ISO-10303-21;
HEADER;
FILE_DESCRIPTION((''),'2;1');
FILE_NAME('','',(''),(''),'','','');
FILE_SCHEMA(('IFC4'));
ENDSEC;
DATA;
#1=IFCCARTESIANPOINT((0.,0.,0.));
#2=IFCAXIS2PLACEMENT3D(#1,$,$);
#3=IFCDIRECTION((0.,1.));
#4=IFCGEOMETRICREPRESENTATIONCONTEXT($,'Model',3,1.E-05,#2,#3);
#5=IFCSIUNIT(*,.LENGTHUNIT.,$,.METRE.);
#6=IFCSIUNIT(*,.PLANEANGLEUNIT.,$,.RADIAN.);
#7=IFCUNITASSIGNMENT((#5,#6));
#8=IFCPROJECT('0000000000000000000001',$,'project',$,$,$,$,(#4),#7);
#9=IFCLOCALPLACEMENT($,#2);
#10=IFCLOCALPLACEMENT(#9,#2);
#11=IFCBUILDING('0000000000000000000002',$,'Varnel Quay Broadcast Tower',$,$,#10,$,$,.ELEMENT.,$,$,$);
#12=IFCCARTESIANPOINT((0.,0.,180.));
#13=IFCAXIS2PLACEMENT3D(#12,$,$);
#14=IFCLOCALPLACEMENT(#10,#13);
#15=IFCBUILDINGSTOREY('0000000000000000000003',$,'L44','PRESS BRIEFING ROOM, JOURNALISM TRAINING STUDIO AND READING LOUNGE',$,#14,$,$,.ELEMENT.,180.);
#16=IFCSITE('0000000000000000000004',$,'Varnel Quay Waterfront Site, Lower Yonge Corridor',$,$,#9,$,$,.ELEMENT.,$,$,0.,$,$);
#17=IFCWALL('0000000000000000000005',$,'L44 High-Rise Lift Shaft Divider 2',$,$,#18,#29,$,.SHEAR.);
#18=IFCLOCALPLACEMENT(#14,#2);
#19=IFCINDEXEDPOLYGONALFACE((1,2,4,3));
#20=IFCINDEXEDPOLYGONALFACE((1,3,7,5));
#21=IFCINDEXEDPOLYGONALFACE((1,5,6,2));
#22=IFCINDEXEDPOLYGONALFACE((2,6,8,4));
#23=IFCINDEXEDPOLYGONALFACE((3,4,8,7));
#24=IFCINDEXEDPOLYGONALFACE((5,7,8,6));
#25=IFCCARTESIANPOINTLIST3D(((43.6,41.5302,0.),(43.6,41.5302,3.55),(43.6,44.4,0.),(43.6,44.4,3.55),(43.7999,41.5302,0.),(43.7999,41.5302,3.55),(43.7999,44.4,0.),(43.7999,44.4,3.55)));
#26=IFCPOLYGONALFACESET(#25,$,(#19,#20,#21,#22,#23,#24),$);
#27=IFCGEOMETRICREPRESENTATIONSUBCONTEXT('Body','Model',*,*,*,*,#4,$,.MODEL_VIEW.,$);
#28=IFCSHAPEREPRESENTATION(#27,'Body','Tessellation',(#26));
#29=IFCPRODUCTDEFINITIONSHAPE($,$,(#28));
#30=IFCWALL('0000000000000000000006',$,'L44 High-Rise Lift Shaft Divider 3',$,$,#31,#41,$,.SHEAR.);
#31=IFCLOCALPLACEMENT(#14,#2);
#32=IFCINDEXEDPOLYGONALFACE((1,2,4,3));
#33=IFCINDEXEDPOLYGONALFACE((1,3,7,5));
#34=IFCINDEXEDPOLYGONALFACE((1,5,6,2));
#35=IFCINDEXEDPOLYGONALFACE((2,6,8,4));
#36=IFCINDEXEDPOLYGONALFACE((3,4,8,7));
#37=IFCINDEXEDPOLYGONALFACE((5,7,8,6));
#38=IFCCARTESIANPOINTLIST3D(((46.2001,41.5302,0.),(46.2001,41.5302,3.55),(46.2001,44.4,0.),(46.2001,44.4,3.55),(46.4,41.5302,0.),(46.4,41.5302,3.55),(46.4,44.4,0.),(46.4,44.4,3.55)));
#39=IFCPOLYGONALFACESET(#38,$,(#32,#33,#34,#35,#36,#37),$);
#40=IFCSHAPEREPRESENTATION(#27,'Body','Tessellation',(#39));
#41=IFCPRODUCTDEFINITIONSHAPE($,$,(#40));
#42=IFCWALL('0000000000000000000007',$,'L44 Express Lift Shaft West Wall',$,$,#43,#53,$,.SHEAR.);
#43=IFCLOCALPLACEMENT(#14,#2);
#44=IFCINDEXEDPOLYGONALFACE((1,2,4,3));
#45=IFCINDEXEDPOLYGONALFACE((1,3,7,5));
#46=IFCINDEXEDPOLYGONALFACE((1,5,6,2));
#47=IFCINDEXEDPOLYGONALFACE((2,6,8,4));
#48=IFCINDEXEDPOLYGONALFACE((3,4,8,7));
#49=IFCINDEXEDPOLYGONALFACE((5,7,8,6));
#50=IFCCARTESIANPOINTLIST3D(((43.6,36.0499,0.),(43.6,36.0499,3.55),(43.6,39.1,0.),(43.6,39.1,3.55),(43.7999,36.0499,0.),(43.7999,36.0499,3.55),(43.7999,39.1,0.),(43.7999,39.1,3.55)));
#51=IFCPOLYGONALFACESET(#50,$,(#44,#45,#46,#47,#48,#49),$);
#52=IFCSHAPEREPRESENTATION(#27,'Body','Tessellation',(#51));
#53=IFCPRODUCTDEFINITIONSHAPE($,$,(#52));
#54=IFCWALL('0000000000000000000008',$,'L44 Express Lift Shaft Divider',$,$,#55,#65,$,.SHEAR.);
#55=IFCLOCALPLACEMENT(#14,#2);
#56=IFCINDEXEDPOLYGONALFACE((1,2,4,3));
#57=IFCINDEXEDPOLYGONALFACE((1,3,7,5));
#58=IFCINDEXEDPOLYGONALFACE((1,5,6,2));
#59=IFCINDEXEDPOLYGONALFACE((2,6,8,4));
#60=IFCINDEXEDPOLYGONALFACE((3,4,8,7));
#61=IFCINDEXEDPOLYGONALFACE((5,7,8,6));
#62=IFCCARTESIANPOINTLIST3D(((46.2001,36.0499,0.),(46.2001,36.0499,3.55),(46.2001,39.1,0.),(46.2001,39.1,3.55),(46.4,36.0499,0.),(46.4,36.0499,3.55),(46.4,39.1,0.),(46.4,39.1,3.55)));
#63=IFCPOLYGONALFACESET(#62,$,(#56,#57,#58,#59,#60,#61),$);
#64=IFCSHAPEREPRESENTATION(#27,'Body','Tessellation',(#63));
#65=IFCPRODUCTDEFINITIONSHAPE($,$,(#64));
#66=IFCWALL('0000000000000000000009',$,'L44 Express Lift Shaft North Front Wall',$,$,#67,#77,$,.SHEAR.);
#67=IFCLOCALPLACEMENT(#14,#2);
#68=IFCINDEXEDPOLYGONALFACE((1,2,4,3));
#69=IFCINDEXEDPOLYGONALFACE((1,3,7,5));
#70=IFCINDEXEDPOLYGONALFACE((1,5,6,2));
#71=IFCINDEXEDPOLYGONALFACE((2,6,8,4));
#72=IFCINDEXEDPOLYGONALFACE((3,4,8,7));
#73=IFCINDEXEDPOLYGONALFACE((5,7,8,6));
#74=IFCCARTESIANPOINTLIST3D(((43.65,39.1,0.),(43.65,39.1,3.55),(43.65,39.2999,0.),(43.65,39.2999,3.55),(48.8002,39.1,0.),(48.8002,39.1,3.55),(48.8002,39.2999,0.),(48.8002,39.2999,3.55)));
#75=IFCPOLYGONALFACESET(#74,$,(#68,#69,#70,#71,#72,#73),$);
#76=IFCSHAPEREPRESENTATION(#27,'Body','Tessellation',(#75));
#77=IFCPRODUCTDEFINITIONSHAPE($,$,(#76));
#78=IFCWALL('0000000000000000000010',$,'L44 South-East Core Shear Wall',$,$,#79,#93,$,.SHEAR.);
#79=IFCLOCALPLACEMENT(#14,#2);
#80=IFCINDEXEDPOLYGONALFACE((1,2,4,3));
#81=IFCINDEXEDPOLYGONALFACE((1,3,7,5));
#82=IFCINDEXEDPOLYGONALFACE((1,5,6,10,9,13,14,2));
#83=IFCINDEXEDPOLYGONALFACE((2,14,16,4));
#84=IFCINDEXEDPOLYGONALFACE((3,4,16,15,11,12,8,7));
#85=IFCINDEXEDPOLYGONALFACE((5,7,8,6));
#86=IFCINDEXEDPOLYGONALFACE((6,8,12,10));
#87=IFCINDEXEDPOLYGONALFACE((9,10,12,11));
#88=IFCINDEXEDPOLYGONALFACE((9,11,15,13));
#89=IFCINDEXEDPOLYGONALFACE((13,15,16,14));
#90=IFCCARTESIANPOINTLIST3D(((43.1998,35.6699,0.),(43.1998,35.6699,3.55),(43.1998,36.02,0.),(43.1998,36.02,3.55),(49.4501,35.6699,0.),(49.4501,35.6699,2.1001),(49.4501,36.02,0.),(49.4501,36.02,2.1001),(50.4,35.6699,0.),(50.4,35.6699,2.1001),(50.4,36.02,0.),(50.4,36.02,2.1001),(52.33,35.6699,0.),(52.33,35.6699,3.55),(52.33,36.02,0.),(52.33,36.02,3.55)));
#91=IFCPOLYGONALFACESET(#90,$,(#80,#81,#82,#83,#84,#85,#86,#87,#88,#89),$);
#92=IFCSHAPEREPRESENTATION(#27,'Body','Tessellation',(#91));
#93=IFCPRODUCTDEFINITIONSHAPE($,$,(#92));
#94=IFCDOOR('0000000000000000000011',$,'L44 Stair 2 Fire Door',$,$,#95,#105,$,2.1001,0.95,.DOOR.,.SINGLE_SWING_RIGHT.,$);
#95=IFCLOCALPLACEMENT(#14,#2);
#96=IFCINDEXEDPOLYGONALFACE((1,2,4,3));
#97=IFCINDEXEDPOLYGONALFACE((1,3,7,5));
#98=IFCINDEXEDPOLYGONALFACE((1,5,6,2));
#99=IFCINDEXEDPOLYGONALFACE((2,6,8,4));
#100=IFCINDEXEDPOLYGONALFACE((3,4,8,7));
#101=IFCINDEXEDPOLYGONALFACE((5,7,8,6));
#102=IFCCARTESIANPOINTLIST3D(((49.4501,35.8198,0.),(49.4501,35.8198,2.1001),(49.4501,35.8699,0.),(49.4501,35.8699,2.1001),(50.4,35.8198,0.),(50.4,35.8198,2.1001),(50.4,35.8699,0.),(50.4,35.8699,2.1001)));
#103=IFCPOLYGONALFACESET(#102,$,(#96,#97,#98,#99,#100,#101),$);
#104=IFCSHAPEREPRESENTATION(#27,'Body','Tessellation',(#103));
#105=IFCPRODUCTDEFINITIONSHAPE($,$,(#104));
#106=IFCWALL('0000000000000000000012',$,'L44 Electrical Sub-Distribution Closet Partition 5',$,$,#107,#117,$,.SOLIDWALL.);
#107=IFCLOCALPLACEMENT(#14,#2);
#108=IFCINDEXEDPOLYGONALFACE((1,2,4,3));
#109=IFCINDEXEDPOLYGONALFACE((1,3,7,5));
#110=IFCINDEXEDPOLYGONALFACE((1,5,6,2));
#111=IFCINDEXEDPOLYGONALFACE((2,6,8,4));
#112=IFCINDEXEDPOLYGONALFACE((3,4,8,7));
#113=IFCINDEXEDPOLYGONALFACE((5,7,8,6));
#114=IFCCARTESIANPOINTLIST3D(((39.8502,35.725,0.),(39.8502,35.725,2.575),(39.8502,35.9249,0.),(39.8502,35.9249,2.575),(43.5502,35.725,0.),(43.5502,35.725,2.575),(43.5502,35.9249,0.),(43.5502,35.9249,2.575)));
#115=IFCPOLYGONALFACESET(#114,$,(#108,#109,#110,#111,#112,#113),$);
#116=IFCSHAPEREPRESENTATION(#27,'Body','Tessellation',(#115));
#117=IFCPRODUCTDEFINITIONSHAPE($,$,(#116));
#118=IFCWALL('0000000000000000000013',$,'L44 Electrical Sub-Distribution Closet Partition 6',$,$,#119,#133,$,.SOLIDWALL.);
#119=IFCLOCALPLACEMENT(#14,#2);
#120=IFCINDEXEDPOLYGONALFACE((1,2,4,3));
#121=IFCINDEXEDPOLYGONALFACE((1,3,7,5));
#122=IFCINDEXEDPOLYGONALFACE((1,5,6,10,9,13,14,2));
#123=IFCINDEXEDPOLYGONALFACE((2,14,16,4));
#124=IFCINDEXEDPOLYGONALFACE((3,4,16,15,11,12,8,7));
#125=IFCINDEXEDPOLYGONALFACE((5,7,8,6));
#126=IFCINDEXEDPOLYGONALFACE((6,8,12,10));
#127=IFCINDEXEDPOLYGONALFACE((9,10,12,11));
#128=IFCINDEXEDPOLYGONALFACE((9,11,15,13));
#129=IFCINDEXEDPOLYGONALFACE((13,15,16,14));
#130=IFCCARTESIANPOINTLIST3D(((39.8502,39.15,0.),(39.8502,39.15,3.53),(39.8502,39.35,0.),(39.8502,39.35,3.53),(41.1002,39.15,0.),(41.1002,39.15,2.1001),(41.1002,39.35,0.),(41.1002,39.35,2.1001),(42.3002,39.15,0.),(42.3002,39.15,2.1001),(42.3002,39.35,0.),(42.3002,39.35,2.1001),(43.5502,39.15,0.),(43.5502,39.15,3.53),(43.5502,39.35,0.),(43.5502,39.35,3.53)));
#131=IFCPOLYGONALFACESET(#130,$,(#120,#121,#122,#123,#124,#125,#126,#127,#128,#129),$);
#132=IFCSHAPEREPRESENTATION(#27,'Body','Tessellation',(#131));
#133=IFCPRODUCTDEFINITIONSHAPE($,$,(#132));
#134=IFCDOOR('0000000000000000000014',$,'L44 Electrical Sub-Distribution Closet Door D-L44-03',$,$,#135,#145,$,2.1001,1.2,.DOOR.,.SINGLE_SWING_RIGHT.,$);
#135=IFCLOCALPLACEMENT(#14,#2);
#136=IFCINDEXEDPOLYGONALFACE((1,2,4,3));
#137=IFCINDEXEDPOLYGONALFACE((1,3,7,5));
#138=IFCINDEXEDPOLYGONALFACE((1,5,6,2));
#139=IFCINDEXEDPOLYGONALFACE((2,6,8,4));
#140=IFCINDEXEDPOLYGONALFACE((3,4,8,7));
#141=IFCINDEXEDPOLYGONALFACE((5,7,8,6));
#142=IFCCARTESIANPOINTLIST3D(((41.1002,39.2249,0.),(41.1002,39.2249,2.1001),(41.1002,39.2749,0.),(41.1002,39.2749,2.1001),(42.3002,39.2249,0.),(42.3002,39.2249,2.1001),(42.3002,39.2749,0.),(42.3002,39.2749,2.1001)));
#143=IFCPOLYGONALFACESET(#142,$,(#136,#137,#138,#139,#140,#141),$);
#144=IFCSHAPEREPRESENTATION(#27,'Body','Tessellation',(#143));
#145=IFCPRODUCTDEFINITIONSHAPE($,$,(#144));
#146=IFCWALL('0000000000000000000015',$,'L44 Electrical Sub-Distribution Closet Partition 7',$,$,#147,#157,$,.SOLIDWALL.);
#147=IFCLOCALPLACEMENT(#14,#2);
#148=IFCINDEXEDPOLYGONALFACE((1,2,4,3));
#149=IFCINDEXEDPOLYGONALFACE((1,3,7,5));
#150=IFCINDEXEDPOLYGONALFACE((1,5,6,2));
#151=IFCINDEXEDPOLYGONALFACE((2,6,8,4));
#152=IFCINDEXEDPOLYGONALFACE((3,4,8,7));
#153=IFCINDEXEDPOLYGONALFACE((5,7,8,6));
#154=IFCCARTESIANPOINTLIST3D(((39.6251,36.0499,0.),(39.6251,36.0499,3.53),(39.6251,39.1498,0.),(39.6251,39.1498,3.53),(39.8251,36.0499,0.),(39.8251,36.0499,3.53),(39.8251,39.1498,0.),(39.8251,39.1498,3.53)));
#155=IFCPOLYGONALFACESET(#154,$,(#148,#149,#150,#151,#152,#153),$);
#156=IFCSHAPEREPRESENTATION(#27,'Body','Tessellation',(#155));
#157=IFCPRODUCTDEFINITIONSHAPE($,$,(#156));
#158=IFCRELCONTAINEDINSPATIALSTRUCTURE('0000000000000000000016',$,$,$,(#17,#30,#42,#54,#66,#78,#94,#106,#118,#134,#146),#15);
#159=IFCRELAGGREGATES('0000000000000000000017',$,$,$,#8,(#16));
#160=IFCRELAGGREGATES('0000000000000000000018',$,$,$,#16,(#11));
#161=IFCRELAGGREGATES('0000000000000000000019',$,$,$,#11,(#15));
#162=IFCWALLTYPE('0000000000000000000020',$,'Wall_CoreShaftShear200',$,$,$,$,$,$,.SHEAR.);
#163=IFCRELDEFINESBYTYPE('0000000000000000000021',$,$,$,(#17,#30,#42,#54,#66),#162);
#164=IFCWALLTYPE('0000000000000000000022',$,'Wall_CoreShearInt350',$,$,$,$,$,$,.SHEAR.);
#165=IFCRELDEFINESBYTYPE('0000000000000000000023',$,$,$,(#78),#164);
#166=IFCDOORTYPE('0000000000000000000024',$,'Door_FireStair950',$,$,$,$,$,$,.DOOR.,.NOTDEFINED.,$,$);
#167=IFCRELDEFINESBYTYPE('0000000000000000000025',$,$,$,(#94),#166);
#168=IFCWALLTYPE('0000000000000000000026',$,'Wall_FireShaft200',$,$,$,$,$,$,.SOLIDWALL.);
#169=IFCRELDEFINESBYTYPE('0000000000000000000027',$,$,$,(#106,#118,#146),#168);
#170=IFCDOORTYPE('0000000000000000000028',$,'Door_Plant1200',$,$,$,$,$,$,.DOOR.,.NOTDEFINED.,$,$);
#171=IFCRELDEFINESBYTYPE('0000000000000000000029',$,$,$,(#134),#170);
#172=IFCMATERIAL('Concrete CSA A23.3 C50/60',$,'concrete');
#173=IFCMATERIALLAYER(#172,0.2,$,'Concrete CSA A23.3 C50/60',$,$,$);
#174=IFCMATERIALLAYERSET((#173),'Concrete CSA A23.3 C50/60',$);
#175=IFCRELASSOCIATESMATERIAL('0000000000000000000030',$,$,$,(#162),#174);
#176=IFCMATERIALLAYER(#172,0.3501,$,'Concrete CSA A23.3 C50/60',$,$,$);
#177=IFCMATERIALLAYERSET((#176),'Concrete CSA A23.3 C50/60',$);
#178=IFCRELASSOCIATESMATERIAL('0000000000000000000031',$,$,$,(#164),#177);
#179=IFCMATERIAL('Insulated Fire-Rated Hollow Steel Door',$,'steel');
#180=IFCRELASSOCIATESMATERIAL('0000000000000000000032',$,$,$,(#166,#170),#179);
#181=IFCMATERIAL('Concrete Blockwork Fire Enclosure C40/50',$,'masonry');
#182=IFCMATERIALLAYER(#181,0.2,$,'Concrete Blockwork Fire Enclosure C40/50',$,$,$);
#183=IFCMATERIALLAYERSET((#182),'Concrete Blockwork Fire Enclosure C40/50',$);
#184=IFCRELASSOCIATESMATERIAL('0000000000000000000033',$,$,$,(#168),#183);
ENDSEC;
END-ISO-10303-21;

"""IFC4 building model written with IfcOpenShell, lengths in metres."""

from ifc_helpers import new_model, si_unit, direction, frame, frame_2d, origin, place, context, subcontext, project, spatial, rectangle, extrude, source, transform, mapped, material, layer, layer_set, type_object, type_shapes, element, fill, save


model = new_model("IFC4")

# Units and contexts
model_context = context("Model", 3, precision=1e-05, world=origin(), true_north=direction((0.0, 1.0)))
body_context = subcontext(model_context, "Body", "Model", "MODEL_VIEW")
ifc_project = project(units=[si_unit("LENGTHUNIT", "METRE"), si_unit("PLANEANGLEUNIT", "RADIAN")], contexts=[model_context])

# Site, building, storey
site_placement = place(None, origin())
site = spatial("IfcSite", under=ifc_project, at=site_placement, Name="Varnel Quay Waterfront Site, Lower Yonge Corridor", CompositionType="ELEMENT", RefElevation=0.0)
building_placement = place(site_placement, origin())
building = spatial("IfcBuilding", under=site, at=building_placement, Name="Varnel Quay Broadcast Tower", CompositionType="ELEMENT")
storey_placement = place(building_placement, frame((0.0, 0.0, 180.0)))
storey = spatial("IfcBuildingStorey", under=building, at=storey_placement, Name="L44", Description="PRESS BRIEFING ROOM, JOURNALISM TRAINING STUDIO AND READING LOUNGE", CompositionType="ELEMENT", Elevation=180.0)

# Walls
ifc_material_1 = material(Name="Concrete CSA A23.3 C50/60", Category="concrete")
ifc_layer_1 = layer(ifc_material_1, 0.2, Name="Concrete CSA A23.3 C50/60")
ifc_layer_set_1 = layer_set([ifc_layer_1], Name="Concrete CSA A23.3 C50/60")
wall_type_1 = type_object("IfcWallType", Name="Wall_CoreShaftShear200", PredefinedType="SHEAR", material=ifc_layer_set_1)
for number, where, z_axis, x_axis, name in (
    (1, (43.7, 41.53, 0.0), (0.0, 0.0, 1.0), (0.0, 1.0, 0.0), "L44 High-Rise Lift Shaft Divider 2"),
    (2, (46.3, 41.53, 0.0), (0.0, 0.0, 1.0), (0.0, 1.0, 0.0), "L44 High-Rise Lift Shaft Divider 3"),
):
    element("IfcWall", number, at=place(storey_placement, frame(where, z_axis=z_axis, x_axis=x_axis)), inside=storey, type_object=wall_type_1, Name=name, PredefinedType="SHEAR", context=body_context, shape_type="SweptSolid", body=[
        extrude(rectangle(XDim=2.8699, YDim=0.2, at=frame_2d((1.4351, 0.0))), origin(), (0.0, 0.0, 1.0), 3.55),
    ])
for number, where, z_axis, x_axis, name in (
    (3, (43.7, 36.05, 0.0), (0.0, 0.0, 1.0), (0.0, 1.0, 0.0), "L44 Express Lift Shaft West Wall"),
    (4, (46.3, 36.05, 0.0), (0.0, 0.0, 1.0), (0.0, 1.0, 0.0), "L44 Express Lift Shaft Divider"),
):
    element("IfcWall", number, at=place(storey_placement, frame(where, z_axis=z_axis, x_axis=x_axis)), inside=storey, type_object=wall_type_1, Name=name, PredefinedType="SHEAR", context=body_context, shape_type="SweptSolid", body=[
        extrude(rectangle(XDim=3.05, YDim=0.2, at=frame_2d((1.5249, 0.0))), origin(), (0.0, 0.0, 1.0), 3.55),
    ])
wall_1_placement = place(storey_placement, frame((43.6499, 39.2, 0.0), z_axis=(0.0, 0.0, 1.0), x_axis=(1.0, 0.0, 0.0)))
element("IfcWall", 5, at=wall_1_placement, inside=storey, type_object=wall_type_1, Name="L44 Express Lift Shaft North Front Wall", PredefinedType="SHEAR", context=body_context, shape_type="SweptSolid", body=[
    extrude(rectangle(XDim=5.1501, YDim=0.2, at=frame_2d((2.5752, 0.0))), origin(), (0.0, 0.0, 1.0), 3.55),
])

# Wall, opening, door
ifc_layer_2 = layer(ifc_material_1, 0.3501, Name="Concrete CSA A23.3 C50/60")
ifc_layer_set_2 = layer_set([ifc_layer_2], Name="Concrete CSA A23.3 C50/60")
wall_type_2 = type_object("IfcWallType", Name="Wall_CoreShearInt350", PredefinedType="SHEAR", material=ifc_layer_set_2)
wall_2_placement = place(storey_placement, frame((43.2, 35.845, 0.0), z_axis=(0.0, 0.0, 1.0), x_axis=(1.0, 0.0, 0.0)))
wall_2 = element("IfcWall", 6, at=wall_2_placement, inside=storey, type_object=wall_type_2, Name="L44 South-East Core Shear Wall", PredefinedType="SHEAR", context=body_context, shape_type="SweptSolid", body=[
    extrude(rectangle(XDim=9.1301, YDim=0.3501, at=frame_2d((4.5649, 0.0))), origin(), (0.0, 0.0, 1.0), 3.55),
])
opening_1_placement = place(wall_2_placement, frame((6.25, 0.0, 0.0)))
opening_1 = element("IfcOpeningElement", 7, at=opening_1_placement, cuts=wall_2, PredefinedType="OPENING", context=body_context, shape_type="SweptSolid", body=[
    extrude(rectangle(XDim=0.95, YDim=2.1001, at=frame_2d((0.4751, 1.05))), frame((0.0, 0.1851, 0.0), z_axis=(0.0, -1.0, 0.0), x_axis=(1.0, 0.0, 0.0)), (0.0, 0.0, 1.0), 0.3701),
])
ifc_material_2 = material(Name="Insulated Fire-Rated Hollow Steel Door", Category="steel")
door_type_1 = type_object("IfcDoorType", Name="Door_FireStair950", OperationType="NOTDEFINED", PredefinedType="DOOR", material=ifc_material_2)
shared_shape_1 = source(origin(), body_context, "Body", "SweptSolid", [
    extrude(rectangle(XDim=0.95, YDim=2.1001, at=frame_2d((0.4751, 1.05))), frame((0.0, 0.0249, 0.0), z_axis=(0.0, -1.0, 0.0), x_axis=(1.0, 0.0, 0.0)), (0.0, 0.0, 1.0), 0.05),
])
type_shapes(door_type_1, [shared_shape_1])
door_1_placement = place(opening_1_placement, origin())
door_1 = element("IfcDoor", 8, at=door_1_placement, inside=storey, type_object=door_type_1, Name="L44 Stair 2 Fire Door", OperationType="SINGLE_SWING_RIGHT", OverallHeight=2.1001, OverallWidth=0.95, PredefinedType="DOOR", context=body_context, shape_type="MappedRepresentation", body=[
    mapped(shared_shape_1, transform((0.0, 0.0, 0.0), x_axis=(1.0, 0.0, 0.0), y_axis=(0.0, 1.0, 0.0), z_axis=(0.0, 0.0, 1.0), scale=1.0)),
])
fill(opening_1, door_1)

# Wall
ifc_material_3 = material(Name="Concrete Blockwork Fire Enclosure C40/50", Category="masonry")
ifc_layer_3 = layer(ifc_material_3, 0.2, Name="Concrete Blockwork Fire Enclosure C40/50")
ifc_layer_set_3 = layer_set([ifc_layer_3], Name="Concrete Blockwork Fire Enclosure C40/50")
wall_type_3 = type_object("IfcWallType", Name="Wall_FireShaft200", PredefinedType="SOLIDWALL", material=ifc_layer_set_3)
wall_3_placement = place(storey_placement, frame((39.8501, 35.825, 0.0), z_axis=(0.0, 0.0, 1.0), x_axis=(1.0, 0.0, 0.0)))
element("IfcWall", 9, at=wall_3_placement, inside=storey, type_object=wall_type_3, Name="L44 Electrical Sub-Distribution Closet Partition 5", PredefinedType="SOLIDWALL", context=body_context, shape_type="SweptSolid", body=[
    extrude(rectangle(XDim=3.7, YDim=0.2, at=frame_2d((1.8501, 0.0))), origin(), (0.0, 0.0, 1.0), 2.575),
])

# Wall, opening, door
wall_4_placement = place(storey_placement, frame((39.8501, 39.25, 0.0), z_axis=(0.0, 0.0, 1.0), x_axis=(1.0, 0.0, 0.0)))
wall_4 = element("IfcWall", 10, at=wall_4_placement, inside=storey, type_object=wall_type_3, Name="L44 Electrical Sub-Distribution Closet Partition 6", PredefinedType="SOLIDWALL", context=body_context, shape_type="SweptSolid", body=[
    extrude(rectangle(XDim=3.7, YDim=0.2, at=frame_2d((1.8501, 0.0))), origin(), (0.0, 0.0, 1.0), 3.53),
])
opening_2_placement = place(wall_4_placement, frame((1.25, 0.0, 0.0)))
opening_2 = element("IfcOpeningElement", 11, at=opening_2_placement, cuts=wall_4, PredefinedType="OPENING", context=body_context, shape_type="SweptSolid", body=[
    extrude(rectangle(XDim=1.2, YDim=2.1001, at=frame_2d((0.6001, 1.05))), frame((0.0, 0.1099, 0.0), z_axis=(0.0, -1.0, 0.0), x_axis=(1.0, 0.0, 0.0)), (0.0, 0.0, 1.0), 0.22),
])
door_type_2 = type_object("IfcDoorType", Name="Door_Plant1200", OperationType="NOTDEFINED", PredefinedType="DOOR", material=ifc_material_2)
shared_shape_2 = source(origin(), body_context, "Body", "SweptSolid", [
    extrude(rectangle(XDim=1.2, YDim=2.1001, at=frame_2d((0.6001, 1.05))), frame((0.0, 0.0249, 0.0), z_axis=(0.0, -1.0, 0.0), x_axis=(1.0, 0.0, 0.0)), (0.0, 0.0, 1.0), 0.05),
])
type_shapes(door_type_2, [shared_shape_2])
door_2_placement = place(opening_2_placement, origin())
door_2 = element("IfcDoor", 12, at=door_2_placement, inside=storey, type_object=door_type_2, Name="L44 Electrical Sub-Distribution Closet Door D-L44-03", OperationType="SINGLE_SWING_RIGHT", OverallHeight=2.1001, OverallWidth=1.2, PredefinedType="DOOR", context=body_context, shape_type="MappedRepresentation", body=[
    mapped(shared_shape_2, transform((0.0, 0.0, 0.0), x_axis=(1.0, 0.0, 0.0), y_axis=(0.0, 1.0, 0.0), z_axis=(0.0, 0.0, 1.0), scale=1.0)),
])
fill(opening_2, door_2)

# Wall
wall_5_placement = place(storey_placement, frame((39.7251, 36.05, 0.0), z_axis=(0.0, 0.0, 1.0), x_axis=(0.0, 1.0, 0.0)))
element("IfcWall", 13, at=wall_5_placement, inside=storey, type_object=wall_type_3, Name="L44 Electrical Sub-Distribution Closet Partition 7", PredefinedType="SOLIDWALL", context=body_context, shape_type="SweptSolid", body=[
    extrude(rectangle(XDim=3.0999, YDim=0.2, at=frame_2d((1.5498, 0.0))), origin(), (0.0, 0.0, 1.0), 3.53),
])

save(model, "model.ifc")
